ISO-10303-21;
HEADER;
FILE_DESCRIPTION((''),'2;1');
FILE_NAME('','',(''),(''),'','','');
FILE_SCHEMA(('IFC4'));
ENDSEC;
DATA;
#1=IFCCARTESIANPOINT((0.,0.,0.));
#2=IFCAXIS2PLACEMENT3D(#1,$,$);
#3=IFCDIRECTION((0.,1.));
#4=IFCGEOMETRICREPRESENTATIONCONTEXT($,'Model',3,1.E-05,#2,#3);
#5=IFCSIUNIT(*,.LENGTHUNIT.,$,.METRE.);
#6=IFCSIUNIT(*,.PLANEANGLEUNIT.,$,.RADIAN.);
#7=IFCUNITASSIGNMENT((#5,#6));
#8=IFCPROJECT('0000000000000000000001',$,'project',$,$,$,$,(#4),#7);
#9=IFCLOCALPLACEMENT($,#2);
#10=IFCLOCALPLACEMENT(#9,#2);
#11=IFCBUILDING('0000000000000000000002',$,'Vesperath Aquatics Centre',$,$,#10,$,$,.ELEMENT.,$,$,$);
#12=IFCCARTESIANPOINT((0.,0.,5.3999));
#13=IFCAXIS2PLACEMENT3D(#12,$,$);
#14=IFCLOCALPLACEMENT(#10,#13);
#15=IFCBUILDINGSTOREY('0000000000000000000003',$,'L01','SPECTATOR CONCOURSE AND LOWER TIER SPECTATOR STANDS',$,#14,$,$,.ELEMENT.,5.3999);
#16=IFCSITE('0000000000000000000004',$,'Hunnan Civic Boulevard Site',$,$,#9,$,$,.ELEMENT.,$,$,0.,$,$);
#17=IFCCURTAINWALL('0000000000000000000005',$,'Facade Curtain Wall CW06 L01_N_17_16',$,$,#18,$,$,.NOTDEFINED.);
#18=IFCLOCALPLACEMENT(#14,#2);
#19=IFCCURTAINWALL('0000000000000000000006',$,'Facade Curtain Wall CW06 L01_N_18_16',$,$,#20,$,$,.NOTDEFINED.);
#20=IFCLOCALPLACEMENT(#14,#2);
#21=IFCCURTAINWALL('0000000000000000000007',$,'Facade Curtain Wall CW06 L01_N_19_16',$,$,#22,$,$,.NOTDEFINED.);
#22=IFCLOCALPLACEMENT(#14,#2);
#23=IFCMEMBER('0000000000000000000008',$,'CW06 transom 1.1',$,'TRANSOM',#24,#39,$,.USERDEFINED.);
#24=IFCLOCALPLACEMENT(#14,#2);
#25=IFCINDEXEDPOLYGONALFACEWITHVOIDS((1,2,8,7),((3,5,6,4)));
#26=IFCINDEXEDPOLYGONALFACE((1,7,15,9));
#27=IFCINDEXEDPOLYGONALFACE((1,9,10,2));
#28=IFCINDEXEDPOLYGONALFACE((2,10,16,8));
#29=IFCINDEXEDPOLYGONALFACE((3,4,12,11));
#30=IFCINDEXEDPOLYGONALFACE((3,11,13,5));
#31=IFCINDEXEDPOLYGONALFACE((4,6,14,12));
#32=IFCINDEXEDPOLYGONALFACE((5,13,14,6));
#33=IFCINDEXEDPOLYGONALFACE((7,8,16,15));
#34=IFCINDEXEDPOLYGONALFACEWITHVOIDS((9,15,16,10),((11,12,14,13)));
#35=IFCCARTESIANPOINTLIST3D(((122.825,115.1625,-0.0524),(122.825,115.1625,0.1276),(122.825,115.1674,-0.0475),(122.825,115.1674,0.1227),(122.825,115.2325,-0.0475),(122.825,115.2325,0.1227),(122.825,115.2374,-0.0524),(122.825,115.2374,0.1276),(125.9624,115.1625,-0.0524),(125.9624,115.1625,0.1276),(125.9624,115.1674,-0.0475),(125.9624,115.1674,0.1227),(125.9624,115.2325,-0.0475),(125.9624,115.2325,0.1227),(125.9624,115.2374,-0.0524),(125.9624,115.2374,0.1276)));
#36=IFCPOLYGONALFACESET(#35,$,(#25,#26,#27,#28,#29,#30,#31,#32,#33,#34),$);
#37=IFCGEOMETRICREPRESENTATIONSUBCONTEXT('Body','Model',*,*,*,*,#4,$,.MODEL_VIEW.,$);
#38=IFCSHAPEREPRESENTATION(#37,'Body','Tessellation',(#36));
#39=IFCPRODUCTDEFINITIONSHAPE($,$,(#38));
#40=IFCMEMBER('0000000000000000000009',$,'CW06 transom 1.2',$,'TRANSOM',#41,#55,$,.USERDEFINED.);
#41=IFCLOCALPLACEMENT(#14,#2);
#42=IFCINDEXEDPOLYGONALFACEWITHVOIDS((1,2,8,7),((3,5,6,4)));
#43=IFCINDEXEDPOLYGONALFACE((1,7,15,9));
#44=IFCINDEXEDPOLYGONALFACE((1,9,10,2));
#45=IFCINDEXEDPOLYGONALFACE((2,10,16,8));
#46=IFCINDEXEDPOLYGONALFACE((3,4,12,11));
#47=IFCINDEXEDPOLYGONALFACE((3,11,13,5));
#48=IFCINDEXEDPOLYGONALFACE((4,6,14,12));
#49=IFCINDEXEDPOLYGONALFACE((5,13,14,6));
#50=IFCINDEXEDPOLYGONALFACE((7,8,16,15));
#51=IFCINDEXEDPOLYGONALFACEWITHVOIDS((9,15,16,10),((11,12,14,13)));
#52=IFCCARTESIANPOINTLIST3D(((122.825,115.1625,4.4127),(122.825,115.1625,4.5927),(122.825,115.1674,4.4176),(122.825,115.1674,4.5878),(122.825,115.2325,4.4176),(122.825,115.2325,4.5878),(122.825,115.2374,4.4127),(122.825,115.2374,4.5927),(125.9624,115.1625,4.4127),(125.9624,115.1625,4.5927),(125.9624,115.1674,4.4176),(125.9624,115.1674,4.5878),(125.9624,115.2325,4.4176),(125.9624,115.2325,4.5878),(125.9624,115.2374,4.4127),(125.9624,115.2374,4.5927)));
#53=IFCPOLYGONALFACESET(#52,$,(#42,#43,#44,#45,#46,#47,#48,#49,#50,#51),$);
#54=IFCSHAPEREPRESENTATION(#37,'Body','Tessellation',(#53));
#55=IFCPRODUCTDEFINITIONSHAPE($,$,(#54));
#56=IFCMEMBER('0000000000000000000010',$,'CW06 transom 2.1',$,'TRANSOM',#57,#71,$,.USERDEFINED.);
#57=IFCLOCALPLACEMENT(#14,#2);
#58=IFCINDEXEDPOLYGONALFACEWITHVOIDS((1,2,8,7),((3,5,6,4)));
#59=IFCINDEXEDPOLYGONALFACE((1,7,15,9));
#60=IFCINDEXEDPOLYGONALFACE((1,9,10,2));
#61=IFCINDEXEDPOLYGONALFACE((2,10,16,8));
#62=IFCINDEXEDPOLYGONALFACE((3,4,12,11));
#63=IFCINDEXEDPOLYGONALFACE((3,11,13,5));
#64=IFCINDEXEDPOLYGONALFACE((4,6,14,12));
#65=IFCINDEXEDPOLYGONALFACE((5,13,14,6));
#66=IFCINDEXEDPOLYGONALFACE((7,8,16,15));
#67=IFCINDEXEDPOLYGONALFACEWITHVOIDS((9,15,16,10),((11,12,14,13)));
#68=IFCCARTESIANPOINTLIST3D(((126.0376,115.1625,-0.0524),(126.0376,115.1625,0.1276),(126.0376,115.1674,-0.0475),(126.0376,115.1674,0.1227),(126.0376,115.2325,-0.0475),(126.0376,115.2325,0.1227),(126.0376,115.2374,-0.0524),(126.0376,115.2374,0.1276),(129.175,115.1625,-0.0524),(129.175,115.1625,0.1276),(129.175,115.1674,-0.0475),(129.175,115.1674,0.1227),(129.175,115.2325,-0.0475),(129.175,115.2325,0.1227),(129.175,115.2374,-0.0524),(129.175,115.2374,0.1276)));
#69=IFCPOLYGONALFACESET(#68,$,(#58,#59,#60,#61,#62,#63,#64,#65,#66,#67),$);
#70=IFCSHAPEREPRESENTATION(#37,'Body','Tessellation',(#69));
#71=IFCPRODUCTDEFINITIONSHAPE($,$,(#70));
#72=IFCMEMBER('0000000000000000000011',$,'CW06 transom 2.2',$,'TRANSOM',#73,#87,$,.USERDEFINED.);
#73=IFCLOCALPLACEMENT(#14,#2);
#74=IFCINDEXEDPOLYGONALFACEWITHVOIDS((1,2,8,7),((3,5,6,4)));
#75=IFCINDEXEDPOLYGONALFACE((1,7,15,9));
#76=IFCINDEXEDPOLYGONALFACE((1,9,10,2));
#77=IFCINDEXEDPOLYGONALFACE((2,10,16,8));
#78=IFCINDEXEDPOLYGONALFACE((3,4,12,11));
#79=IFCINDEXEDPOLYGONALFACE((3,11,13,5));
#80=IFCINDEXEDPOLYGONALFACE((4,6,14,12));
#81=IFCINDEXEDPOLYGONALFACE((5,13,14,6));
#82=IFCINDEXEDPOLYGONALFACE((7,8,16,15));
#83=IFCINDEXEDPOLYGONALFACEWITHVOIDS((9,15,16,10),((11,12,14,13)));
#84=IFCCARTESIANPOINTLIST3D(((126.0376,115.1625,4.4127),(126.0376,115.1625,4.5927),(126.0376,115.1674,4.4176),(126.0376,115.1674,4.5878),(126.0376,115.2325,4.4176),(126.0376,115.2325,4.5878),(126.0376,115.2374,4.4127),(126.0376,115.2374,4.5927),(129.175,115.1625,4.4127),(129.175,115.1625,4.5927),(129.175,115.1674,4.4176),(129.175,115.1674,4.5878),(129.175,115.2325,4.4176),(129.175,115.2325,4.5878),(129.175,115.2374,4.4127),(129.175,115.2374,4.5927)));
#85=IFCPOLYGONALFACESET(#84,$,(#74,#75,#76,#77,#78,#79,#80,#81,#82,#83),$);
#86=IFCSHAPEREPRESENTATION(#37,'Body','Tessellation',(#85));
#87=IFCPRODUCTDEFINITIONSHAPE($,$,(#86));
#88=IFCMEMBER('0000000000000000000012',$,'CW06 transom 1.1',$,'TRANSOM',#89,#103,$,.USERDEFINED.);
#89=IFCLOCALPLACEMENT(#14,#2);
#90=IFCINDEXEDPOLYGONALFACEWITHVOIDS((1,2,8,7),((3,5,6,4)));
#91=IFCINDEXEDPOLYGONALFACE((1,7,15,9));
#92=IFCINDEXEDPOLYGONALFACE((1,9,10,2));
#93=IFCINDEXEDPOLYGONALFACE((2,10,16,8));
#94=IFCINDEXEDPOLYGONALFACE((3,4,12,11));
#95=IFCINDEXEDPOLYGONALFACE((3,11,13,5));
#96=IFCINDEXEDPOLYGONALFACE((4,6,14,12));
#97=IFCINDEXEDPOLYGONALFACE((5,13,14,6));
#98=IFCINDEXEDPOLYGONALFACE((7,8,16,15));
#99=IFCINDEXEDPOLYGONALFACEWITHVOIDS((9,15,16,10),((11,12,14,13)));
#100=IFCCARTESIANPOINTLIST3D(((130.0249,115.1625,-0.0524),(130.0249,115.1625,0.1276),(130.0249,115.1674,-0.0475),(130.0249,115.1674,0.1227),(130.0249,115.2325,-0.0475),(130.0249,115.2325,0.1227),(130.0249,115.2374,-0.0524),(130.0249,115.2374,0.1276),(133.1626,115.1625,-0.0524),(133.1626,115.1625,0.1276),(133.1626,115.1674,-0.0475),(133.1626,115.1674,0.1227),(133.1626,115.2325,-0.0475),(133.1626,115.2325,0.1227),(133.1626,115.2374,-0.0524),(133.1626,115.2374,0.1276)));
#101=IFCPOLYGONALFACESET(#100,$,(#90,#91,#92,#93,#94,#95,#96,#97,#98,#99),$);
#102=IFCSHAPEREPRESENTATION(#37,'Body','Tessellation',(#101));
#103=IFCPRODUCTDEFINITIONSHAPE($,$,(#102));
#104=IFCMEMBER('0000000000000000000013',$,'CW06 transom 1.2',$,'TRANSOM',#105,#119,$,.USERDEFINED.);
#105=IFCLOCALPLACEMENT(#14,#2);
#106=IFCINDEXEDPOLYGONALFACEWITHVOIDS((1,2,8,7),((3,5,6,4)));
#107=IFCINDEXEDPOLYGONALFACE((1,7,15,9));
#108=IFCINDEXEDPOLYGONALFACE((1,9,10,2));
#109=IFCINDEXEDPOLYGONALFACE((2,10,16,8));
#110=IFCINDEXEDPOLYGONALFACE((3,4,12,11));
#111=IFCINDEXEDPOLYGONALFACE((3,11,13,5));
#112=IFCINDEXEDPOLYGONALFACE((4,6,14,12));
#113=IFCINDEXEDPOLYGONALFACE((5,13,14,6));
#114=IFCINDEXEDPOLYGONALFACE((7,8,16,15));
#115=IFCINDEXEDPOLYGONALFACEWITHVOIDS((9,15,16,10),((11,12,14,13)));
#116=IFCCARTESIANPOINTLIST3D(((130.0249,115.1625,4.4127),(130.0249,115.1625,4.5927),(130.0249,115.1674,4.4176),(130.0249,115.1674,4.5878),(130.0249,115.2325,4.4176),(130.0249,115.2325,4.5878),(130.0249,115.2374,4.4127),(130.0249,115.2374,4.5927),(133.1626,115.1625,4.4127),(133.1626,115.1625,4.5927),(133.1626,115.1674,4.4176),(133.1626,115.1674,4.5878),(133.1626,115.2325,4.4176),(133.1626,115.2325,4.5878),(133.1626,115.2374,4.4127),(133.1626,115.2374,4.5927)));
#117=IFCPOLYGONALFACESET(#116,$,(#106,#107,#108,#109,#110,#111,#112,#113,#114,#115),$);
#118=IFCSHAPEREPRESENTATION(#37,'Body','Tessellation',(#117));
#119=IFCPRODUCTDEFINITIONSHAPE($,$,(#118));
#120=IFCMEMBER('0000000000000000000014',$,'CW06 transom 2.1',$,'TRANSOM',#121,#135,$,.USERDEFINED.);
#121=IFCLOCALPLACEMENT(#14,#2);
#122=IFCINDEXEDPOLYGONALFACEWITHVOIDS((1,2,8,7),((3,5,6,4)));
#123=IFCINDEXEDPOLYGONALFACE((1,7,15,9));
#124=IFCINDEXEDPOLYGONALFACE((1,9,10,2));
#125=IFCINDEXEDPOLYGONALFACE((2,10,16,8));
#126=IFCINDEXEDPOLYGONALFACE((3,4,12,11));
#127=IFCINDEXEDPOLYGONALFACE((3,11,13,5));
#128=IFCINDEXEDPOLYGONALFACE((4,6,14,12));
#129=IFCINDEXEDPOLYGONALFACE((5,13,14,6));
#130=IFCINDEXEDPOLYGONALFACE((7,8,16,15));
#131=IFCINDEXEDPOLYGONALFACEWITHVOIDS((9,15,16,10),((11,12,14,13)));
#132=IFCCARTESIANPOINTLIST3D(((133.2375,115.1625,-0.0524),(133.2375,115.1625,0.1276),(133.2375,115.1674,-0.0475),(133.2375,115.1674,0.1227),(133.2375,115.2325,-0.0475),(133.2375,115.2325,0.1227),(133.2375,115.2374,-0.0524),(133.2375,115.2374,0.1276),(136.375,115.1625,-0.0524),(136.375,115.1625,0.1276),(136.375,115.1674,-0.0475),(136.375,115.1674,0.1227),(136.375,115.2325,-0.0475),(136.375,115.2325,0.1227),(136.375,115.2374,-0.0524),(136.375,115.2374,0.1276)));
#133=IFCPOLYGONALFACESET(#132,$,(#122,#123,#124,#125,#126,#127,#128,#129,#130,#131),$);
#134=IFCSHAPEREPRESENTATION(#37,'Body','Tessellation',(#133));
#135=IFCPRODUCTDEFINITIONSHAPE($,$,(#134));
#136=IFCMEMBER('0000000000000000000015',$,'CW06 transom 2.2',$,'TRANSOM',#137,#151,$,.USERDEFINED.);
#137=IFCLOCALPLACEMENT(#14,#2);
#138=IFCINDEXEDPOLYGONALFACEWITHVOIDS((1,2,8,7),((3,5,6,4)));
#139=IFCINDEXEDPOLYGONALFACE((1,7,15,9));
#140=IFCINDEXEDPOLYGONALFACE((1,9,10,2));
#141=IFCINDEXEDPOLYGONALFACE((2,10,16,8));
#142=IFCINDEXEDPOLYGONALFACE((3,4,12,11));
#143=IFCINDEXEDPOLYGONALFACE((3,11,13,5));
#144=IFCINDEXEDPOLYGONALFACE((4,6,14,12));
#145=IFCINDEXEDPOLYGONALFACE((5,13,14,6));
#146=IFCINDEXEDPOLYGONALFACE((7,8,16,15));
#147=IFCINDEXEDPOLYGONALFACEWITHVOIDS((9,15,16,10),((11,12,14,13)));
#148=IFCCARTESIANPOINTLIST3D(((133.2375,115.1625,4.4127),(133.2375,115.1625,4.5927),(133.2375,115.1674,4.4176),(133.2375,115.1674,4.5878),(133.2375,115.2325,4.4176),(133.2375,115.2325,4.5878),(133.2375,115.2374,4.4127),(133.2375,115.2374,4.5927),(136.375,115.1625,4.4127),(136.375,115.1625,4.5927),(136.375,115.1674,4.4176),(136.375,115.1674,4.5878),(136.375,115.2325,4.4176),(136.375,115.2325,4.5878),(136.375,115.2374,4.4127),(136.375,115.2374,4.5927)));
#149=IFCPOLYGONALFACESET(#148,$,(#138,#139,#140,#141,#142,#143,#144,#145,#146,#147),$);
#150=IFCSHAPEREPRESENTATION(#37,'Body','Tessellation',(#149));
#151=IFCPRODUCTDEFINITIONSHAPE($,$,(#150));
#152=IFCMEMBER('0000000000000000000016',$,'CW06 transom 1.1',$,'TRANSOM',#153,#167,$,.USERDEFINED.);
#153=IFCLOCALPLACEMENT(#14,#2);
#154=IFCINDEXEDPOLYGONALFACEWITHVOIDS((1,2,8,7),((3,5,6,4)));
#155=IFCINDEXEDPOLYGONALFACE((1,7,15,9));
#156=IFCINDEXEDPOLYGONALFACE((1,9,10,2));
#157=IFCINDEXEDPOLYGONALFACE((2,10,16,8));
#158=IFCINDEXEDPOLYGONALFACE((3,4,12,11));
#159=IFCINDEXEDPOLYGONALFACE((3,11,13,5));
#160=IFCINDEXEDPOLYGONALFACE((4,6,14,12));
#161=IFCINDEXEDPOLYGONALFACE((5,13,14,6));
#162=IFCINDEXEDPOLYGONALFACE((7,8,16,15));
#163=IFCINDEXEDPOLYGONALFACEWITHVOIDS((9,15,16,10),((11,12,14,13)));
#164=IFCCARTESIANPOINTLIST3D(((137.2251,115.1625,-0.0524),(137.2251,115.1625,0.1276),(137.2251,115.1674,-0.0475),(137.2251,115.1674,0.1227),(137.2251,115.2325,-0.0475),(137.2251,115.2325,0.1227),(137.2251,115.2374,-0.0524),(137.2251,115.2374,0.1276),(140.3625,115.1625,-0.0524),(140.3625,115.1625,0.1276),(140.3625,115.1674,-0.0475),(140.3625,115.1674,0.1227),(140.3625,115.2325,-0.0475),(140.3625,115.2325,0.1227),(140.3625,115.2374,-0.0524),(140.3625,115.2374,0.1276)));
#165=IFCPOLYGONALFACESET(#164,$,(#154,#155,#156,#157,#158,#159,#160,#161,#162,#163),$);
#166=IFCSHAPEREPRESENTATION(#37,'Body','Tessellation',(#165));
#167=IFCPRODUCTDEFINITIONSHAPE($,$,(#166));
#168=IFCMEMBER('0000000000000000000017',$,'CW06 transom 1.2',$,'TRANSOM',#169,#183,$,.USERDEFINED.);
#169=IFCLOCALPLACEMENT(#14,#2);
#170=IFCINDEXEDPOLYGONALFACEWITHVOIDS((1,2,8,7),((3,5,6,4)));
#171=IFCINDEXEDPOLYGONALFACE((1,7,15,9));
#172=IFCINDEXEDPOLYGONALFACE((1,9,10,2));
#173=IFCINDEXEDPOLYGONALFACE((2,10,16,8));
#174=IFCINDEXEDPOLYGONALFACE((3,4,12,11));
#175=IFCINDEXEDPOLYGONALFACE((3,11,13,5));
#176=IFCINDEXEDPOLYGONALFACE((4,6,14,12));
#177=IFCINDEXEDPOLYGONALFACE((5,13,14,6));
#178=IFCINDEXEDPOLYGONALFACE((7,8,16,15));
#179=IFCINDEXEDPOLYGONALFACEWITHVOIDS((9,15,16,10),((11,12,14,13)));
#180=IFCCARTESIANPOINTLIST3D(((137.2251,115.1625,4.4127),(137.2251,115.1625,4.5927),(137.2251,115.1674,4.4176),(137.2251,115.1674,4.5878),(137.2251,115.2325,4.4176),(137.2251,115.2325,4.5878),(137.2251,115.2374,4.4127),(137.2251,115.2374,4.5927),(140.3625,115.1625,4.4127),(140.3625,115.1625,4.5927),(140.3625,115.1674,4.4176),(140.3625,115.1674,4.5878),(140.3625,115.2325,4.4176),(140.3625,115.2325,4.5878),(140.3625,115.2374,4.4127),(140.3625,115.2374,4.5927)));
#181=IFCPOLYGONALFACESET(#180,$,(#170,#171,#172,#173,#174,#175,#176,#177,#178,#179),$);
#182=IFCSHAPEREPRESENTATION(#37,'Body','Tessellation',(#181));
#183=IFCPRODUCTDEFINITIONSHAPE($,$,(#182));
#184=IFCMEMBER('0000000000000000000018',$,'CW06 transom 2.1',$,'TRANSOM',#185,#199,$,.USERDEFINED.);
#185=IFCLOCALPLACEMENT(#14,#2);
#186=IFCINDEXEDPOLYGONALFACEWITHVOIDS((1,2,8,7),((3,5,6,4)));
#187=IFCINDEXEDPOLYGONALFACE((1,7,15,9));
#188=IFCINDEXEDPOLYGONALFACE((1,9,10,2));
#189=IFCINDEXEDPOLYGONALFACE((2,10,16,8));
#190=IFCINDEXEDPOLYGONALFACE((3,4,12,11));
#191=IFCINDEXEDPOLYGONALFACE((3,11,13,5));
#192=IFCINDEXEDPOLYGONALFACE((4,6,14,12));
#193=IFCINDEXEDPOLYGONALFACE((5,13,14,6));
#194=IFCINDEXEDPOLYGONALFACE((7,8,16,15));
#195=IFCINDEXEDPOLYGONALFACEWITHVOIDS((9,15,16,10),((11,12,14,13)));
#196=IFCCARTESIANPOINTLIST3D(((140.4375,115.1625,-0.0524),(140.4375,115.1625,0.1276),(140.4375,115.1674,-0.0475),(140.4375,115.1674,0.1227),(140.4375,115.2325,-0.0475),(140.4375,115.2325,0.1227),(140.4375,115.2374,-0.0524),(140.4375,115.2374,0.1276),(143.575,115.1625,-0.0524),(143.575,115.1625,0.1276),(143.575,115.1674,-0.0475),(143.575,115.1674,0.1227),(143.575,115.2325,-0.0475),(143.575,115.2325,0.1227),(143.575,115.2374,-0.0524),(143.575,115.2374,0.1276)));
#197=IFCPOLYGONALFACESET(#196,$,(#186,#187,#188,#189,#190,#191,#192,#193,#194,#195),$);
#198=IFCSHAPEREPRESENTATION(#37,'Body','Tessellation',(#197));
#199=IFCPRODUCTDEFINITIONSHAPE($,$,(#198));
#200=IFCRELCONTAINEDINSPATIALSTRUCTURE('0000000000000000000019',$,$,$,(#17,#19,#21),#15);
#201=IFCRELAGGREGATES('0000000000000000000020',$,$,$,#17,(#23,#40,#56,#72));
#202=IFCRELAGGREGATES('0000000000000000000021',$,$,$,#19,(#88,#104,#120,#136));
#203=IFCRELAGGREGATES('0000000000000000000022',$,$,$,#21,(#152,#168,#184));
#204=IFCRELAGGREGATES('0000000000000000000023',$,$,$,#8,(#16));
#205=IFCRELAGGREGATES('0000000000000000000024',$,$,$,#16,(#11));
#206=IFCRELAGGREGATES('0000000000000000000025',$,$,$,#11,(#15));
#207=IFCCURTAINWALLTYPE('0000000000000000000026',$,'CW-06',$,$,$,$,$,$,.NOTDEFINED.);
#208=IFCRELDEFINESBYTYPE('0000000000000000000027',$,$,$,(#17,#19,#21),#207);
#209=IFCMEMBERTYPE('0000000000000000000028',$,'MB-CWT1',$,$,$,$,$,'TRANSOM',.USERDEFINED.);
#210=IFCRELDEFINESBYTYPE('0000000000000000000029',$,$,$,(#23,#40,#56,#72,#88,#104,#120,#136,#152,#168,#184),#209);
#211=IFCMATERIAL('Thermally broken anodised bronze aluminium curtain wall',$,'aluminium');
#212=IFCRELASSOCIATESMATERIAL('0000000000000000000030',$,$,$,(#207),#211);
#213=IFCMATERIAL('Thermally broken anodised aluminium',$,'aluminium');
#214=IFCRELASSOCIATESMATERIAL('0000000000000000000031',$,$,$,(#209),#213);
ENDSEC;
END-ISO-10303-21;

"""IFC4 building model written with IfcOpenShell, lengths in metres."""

from ifc_helpers import new_model, si_unit, direction, frame, origin, origin_2d, place, context, subcontext, project, spatial, hollow_rectangle, extrude, material, material_profile, profile_set, type_object, element, aggregate, save


model = new_model("IFC4")

# Units and contexts
model_context = context("Model", 3, precision=1e-05, world=origin(), true_north=direction((0.0, 1.0)))
body_context = subcontext(model_context, "Body", "Model", "MODEL_VIEW")
ifc_project = project(units=[si_unit("LENGTHUNIT", "METRE"), si_unit("PLANEANGLEUNIT", "RADIAN")], contexts=[model_context])

# Site, building, storey
site_placement = place(None, origin())
site = spatial("IfcSite", under=ifc_project, at=site_placement, Name="Hunnan Civic Boulevard Site", CompositionType="ELEMENT", RefElevation=0.0)
building_placement = place(site_placement, origin())
building = spatial("IfcBuilding", under=site, at=building_placement, Name="Vesperath Aquatics Centre", CompositionType="ELEMENT")
storey_placement = place(building_placement, frame((0.0, 0.0, 5.3999)))
storey = spatial("IfcBuildingStorey", under=building, at=storey_placement, Name="L01", Description="SPECTATOR CONCOURSE AND LOWER TIER SPECTATOR STANDS", CompositionType="ELEMENT", Elevation=5.3999)

# Curtain walls
ifc_material_1 = material(Name="Thermally broken anodised bronze aluminium curtain wall", Category="aluminium")
curtain_wall_type = type_object("IfcCurtainWallType", Name="CW-06", PredefinedType="NOTDEFINED", material=ifc_material_1)
curtain_wall_1_placement = place(storey_placement, origin())
curtain_wall_1 = element("IfcCurtainWall", 1, at=curtain_wall_1_placement, inside=storey, type_object=curtain_wall_type, Name="Facade Curtain Wall CW06 L01_N_17_16", PredefinedType="NOTDEFINED")
ifc_material_2 = material(Name="Thermally broken anodised aluminium", Category="aluminium")
curtain_wall_2_placement = place(storey_placement, origin())
curtain_wall_2 = element("IfcCurtainWall", 2, at=curtain_wall_2_placement, inside=storey, type_object=curtain_wall_type, Name="Facade Curtain Wall CW06 L01_N_18_16", PredefinedType="NOTDEFINED")
curtain_wall_3_placement = place(storey_placement, origin())
curtain_wall_3 = element("IfcCurtainWall", 3, at=curtain_wall_3_placement, inside=storey, type_object=curtain_wall_type, Name="Facade Curtain Wall CW06 L01_N_19_16", PredefinedType="NOTDEFINED")

# Members
ifc_material_profile_1 = material_profile(ifc_material_2, hollow_rectangle(XDim=0.075, YDim=0.1799, WallThickness=0.0049, at=origin_2d()), Name="CWT 75x180x5")
ifc_profile_set_1 = profile_set([ifc_material_profile_1], Name="Thermally broken anodised aluminium")
member_type_1 = type_object("IfcMemberType", Name="MB-CWT1", ElementType="TRANSOM", PredefinedType="USERDEFINED", material=ifc_profile_set_1)
member_1_placement = place(storey_placement, frame((122.825, 115.2, 0.0376), z_axis=(1.0, 0.0, 0.0), x_axis=(0.0, 1.0, 0.0)))
member_1 = element("IfcMember", 4, at=member_1_placement, type_object=member_type_1, Name="CW06 transom 1.1", ObjectType="TRANSOM", PredefinedType="USERDEFINED", context=body_context, shape_type="SweptSolid", body=[
    extrude(hollow_rectangle(XDim=0.075, YDim=0.1799, WallThickness=0.0049, at=origin_2d()), origin(), (0.0, 0.0, 1.0), 3.1375),
])
member_2_placement = place(storey_placement, frame((122.825, 115.2, 4.5027), z_axis=(1.0, 0.0, 0.0), x_axis=(0.0, 1.0, 0.0)))
member_2 = element("IfcMember", 5, at=member_2_placement, type_object=member_type_1, Name="CW06 transom 1.2", ObjectType="TRANSOM", PredefinedType="USERDEFINED", context=body_context, shape_type="SweptSolid", body=[
    extrude(hollow_rectangle(XDim=0.075, YDim=0.1799, WallThickness=0.0049, at=origin_2d()), origin(), (0.0, 0.0, 1.0), 3.1375),
])
member_3_placement = place(storey_placement, frame((126.0376, 115.2, 0.0376), z_axis=(1.0, 0.0, 0.0), x_axis=(0.0, 1.0, 0.0)))
member_3 = element("IfcMember", 6, at=member_3_placement, type_object=member_type_1, Name="CW06 transom 2.1", ObjectType="TRANSOM", PredefinedType="USERDEFINED", context=body_context, shape_type="SweptSolid", body=[
    extrude(hollow_rectangle(XDim=0.075, YDim=0.1799, WallThickness=0.0049, at=origin_2d()), origin(), (0.0, 0.0, 1.0), 3.1375),
])
member_4_placement = place(storey_placement, frame((126.0376, 115.2, 4.5027), z_axis=(1.0, 0.0, 0.0), x_axis=(0.0, 1.0, 0.0)))
member_4 = element("IfcMember", 7, at=member_4_placement, type_object=member_type_1, Name="CW06 transom 2.2", ObjectType="TRANSOM", PredefinedType="USERDEFINED", context=body_context, shape_type="SweptSolid", body=[
    extrude(hollow_rectangle(XDim=0.075, YDim=0.1799, WallThickness=0.0049, at=origin_2d()), origin(), (0.0, 0.0, 1.0), 3.1375),
])
member_5_placement = place(storey_placement, frame((130.0249, 115.2, 0.0376), z_axis=(1.0, 0.0, 0.0), x_axis=(0.0, 1.0, 0.0)))
member_5 = element("IfcMember", 8, at=member_5_placement, type_object=member_type_1, Name="CW06 transom 1.1", ObjectType="TRANSOM", PredefinedType="USERDEFINED", context=body_context, shape_type="SweptSolid", body=[
    extrude(hollow_rectangle(XDim=0.075, YDim=0.1799, WallThickness=0.0049, at=origin_2d()), origin(), (0.0, 0.0, 1.0), 3.1377),
])
member_6_placement = place(storey_placement, frame((130.0249, 115.2, 4.5027), z_axis=(1.0, 0.0, 0.0), x_axis=(0.0, 1.0, 0.0)))
member_6 = element("IfcMember", 9, at=member_6_placement, type_object=member_type_1, Name="CW06 transom 1.2", ObjectType="TRANSOM", PredefinedType="USERDEFINED", context=body_context, shape_type="SweptSolid", body=[
    extrude(hollow_rectangle(XDim=0.075, YDim=0.1799, WallThickness=0.0049, at=origin_2d()), origin(), (0.0, 0.0, 1.0), 3.1377),
])
member_7_placement = place(storey_placement, frame((133.2375, 115.2, 0.0376), z_axis=(1.0, 0.0, 0.0), x_axis=(0.0, 1.0, 0.0)))
member_7 = element("IfcMember", 10, at=member_7_placement, type_object=member_type_1, Name="CW06 transom 2.1", ObjectType="TRANSOM", PredefinedType="USERDEFINED", context=body_context, shape_type="SweptSolid", body=[
    extrude(hollow_rectangle(XDim=0.075, YDim=0.1799, WallThickness=0.0049, at=origin_2d()), origin(), (0.0, 0.0, 1.0), 3.1375),
])
member_8_placement = place(storey_placement, frame((133.2375, 115.2, 4.5027), z_axis=(1.0, 0.0, 0.0), x_axis=(0.0, 1.0, 0.0)))
member_8 = element("IfcMember", 11, at=member_8_placement, type_object=member_type_1, Name="CW06 transom 2.2", ObjectType="TRANSOM", PredefinedType="USERDEFINED", context=body_context, shape_type="SweptSolid", body=[
    extrude(hollow_rectangle(XDim=0.075, YDim=0.1799, WallThickness=0.0049, at=origin_2d()), origin(), (0.0, 0.0, 1.0), 3.1375),
])
member_9_placement = place(storey_placement, frame((137.2251, 115.2, 0.0376), z_axis=(1.0, 0.0, 0.0), x_axis=(0.0, 1.0, 0.0)))
member_9 = element("IfcMember", 12, at=member_9_placement, type_object=member_type_1, Name="CW06 transom 1.1", ObjectType="TRANSOM", PredefinedType="USERDEFINED", context=body_context, shape_type="SweptSolid", body=[
    extrude(hollow_rectangle(XDim=0.075, YDim=0.1799, WallThickness=0.0049, at=origin_2d()), origin(), (0.0, 0.0, 1.0), 3.1375),
])
member_10_placement = place(storey_placement, frame((137.2251, 115.2, 4.5027), z_axis=(1.0, 0.0, 0.0), x_axis=(0.0, 1.0, 0.0)))
member_10 = element("IfcMember", 13, at=member_10_placement, type_object=member_type_1, Name="CW06 transom 1.2", ObjectType="TRANSOM", PredefinedType="USERDEFINED", context=body_context, shape_type="SweptSolid", body=[
    extrude(hollow_rectangle(XDim=0.075, YDim=0.1799, WallThickness=0.0049, at=origin_2d()), origin(), (0.0, 0.0, 1.0), 3.1375),
])
member_11_placement = place(storey_placement, frame((140.4375, 115.2, 0.0376), z_axis=(1.0, 0.0, 0.0), x_axis=(0.0, 1.0, 0.0)))
member_11 = element("IfcMember", 14, at=member_11_placement, type_object=member_type_1, Name="CW06 transom 2.1", ObjectType="TRANSOM", PredefinedType="USERDEFINED", context=body_context, shape_type="SweptSolid", body=[
    extrude(hollow_rectangle(XDim=0.075, YDim=0.1799, WallThickness=0.0049, at=origin_2d()), origin(), (0.0, 0.0, 1.0), 3.1375),
])

aggregate(curtain_wall_1, [member_1, member_2, member_3, member_4])
aggregate(curtain_wall_2, [member_5, member_6, member_7, member_8])
aggregate(curtain_wall_3, [member_9, member_10, member_11])

save(model, "model.ifc")
